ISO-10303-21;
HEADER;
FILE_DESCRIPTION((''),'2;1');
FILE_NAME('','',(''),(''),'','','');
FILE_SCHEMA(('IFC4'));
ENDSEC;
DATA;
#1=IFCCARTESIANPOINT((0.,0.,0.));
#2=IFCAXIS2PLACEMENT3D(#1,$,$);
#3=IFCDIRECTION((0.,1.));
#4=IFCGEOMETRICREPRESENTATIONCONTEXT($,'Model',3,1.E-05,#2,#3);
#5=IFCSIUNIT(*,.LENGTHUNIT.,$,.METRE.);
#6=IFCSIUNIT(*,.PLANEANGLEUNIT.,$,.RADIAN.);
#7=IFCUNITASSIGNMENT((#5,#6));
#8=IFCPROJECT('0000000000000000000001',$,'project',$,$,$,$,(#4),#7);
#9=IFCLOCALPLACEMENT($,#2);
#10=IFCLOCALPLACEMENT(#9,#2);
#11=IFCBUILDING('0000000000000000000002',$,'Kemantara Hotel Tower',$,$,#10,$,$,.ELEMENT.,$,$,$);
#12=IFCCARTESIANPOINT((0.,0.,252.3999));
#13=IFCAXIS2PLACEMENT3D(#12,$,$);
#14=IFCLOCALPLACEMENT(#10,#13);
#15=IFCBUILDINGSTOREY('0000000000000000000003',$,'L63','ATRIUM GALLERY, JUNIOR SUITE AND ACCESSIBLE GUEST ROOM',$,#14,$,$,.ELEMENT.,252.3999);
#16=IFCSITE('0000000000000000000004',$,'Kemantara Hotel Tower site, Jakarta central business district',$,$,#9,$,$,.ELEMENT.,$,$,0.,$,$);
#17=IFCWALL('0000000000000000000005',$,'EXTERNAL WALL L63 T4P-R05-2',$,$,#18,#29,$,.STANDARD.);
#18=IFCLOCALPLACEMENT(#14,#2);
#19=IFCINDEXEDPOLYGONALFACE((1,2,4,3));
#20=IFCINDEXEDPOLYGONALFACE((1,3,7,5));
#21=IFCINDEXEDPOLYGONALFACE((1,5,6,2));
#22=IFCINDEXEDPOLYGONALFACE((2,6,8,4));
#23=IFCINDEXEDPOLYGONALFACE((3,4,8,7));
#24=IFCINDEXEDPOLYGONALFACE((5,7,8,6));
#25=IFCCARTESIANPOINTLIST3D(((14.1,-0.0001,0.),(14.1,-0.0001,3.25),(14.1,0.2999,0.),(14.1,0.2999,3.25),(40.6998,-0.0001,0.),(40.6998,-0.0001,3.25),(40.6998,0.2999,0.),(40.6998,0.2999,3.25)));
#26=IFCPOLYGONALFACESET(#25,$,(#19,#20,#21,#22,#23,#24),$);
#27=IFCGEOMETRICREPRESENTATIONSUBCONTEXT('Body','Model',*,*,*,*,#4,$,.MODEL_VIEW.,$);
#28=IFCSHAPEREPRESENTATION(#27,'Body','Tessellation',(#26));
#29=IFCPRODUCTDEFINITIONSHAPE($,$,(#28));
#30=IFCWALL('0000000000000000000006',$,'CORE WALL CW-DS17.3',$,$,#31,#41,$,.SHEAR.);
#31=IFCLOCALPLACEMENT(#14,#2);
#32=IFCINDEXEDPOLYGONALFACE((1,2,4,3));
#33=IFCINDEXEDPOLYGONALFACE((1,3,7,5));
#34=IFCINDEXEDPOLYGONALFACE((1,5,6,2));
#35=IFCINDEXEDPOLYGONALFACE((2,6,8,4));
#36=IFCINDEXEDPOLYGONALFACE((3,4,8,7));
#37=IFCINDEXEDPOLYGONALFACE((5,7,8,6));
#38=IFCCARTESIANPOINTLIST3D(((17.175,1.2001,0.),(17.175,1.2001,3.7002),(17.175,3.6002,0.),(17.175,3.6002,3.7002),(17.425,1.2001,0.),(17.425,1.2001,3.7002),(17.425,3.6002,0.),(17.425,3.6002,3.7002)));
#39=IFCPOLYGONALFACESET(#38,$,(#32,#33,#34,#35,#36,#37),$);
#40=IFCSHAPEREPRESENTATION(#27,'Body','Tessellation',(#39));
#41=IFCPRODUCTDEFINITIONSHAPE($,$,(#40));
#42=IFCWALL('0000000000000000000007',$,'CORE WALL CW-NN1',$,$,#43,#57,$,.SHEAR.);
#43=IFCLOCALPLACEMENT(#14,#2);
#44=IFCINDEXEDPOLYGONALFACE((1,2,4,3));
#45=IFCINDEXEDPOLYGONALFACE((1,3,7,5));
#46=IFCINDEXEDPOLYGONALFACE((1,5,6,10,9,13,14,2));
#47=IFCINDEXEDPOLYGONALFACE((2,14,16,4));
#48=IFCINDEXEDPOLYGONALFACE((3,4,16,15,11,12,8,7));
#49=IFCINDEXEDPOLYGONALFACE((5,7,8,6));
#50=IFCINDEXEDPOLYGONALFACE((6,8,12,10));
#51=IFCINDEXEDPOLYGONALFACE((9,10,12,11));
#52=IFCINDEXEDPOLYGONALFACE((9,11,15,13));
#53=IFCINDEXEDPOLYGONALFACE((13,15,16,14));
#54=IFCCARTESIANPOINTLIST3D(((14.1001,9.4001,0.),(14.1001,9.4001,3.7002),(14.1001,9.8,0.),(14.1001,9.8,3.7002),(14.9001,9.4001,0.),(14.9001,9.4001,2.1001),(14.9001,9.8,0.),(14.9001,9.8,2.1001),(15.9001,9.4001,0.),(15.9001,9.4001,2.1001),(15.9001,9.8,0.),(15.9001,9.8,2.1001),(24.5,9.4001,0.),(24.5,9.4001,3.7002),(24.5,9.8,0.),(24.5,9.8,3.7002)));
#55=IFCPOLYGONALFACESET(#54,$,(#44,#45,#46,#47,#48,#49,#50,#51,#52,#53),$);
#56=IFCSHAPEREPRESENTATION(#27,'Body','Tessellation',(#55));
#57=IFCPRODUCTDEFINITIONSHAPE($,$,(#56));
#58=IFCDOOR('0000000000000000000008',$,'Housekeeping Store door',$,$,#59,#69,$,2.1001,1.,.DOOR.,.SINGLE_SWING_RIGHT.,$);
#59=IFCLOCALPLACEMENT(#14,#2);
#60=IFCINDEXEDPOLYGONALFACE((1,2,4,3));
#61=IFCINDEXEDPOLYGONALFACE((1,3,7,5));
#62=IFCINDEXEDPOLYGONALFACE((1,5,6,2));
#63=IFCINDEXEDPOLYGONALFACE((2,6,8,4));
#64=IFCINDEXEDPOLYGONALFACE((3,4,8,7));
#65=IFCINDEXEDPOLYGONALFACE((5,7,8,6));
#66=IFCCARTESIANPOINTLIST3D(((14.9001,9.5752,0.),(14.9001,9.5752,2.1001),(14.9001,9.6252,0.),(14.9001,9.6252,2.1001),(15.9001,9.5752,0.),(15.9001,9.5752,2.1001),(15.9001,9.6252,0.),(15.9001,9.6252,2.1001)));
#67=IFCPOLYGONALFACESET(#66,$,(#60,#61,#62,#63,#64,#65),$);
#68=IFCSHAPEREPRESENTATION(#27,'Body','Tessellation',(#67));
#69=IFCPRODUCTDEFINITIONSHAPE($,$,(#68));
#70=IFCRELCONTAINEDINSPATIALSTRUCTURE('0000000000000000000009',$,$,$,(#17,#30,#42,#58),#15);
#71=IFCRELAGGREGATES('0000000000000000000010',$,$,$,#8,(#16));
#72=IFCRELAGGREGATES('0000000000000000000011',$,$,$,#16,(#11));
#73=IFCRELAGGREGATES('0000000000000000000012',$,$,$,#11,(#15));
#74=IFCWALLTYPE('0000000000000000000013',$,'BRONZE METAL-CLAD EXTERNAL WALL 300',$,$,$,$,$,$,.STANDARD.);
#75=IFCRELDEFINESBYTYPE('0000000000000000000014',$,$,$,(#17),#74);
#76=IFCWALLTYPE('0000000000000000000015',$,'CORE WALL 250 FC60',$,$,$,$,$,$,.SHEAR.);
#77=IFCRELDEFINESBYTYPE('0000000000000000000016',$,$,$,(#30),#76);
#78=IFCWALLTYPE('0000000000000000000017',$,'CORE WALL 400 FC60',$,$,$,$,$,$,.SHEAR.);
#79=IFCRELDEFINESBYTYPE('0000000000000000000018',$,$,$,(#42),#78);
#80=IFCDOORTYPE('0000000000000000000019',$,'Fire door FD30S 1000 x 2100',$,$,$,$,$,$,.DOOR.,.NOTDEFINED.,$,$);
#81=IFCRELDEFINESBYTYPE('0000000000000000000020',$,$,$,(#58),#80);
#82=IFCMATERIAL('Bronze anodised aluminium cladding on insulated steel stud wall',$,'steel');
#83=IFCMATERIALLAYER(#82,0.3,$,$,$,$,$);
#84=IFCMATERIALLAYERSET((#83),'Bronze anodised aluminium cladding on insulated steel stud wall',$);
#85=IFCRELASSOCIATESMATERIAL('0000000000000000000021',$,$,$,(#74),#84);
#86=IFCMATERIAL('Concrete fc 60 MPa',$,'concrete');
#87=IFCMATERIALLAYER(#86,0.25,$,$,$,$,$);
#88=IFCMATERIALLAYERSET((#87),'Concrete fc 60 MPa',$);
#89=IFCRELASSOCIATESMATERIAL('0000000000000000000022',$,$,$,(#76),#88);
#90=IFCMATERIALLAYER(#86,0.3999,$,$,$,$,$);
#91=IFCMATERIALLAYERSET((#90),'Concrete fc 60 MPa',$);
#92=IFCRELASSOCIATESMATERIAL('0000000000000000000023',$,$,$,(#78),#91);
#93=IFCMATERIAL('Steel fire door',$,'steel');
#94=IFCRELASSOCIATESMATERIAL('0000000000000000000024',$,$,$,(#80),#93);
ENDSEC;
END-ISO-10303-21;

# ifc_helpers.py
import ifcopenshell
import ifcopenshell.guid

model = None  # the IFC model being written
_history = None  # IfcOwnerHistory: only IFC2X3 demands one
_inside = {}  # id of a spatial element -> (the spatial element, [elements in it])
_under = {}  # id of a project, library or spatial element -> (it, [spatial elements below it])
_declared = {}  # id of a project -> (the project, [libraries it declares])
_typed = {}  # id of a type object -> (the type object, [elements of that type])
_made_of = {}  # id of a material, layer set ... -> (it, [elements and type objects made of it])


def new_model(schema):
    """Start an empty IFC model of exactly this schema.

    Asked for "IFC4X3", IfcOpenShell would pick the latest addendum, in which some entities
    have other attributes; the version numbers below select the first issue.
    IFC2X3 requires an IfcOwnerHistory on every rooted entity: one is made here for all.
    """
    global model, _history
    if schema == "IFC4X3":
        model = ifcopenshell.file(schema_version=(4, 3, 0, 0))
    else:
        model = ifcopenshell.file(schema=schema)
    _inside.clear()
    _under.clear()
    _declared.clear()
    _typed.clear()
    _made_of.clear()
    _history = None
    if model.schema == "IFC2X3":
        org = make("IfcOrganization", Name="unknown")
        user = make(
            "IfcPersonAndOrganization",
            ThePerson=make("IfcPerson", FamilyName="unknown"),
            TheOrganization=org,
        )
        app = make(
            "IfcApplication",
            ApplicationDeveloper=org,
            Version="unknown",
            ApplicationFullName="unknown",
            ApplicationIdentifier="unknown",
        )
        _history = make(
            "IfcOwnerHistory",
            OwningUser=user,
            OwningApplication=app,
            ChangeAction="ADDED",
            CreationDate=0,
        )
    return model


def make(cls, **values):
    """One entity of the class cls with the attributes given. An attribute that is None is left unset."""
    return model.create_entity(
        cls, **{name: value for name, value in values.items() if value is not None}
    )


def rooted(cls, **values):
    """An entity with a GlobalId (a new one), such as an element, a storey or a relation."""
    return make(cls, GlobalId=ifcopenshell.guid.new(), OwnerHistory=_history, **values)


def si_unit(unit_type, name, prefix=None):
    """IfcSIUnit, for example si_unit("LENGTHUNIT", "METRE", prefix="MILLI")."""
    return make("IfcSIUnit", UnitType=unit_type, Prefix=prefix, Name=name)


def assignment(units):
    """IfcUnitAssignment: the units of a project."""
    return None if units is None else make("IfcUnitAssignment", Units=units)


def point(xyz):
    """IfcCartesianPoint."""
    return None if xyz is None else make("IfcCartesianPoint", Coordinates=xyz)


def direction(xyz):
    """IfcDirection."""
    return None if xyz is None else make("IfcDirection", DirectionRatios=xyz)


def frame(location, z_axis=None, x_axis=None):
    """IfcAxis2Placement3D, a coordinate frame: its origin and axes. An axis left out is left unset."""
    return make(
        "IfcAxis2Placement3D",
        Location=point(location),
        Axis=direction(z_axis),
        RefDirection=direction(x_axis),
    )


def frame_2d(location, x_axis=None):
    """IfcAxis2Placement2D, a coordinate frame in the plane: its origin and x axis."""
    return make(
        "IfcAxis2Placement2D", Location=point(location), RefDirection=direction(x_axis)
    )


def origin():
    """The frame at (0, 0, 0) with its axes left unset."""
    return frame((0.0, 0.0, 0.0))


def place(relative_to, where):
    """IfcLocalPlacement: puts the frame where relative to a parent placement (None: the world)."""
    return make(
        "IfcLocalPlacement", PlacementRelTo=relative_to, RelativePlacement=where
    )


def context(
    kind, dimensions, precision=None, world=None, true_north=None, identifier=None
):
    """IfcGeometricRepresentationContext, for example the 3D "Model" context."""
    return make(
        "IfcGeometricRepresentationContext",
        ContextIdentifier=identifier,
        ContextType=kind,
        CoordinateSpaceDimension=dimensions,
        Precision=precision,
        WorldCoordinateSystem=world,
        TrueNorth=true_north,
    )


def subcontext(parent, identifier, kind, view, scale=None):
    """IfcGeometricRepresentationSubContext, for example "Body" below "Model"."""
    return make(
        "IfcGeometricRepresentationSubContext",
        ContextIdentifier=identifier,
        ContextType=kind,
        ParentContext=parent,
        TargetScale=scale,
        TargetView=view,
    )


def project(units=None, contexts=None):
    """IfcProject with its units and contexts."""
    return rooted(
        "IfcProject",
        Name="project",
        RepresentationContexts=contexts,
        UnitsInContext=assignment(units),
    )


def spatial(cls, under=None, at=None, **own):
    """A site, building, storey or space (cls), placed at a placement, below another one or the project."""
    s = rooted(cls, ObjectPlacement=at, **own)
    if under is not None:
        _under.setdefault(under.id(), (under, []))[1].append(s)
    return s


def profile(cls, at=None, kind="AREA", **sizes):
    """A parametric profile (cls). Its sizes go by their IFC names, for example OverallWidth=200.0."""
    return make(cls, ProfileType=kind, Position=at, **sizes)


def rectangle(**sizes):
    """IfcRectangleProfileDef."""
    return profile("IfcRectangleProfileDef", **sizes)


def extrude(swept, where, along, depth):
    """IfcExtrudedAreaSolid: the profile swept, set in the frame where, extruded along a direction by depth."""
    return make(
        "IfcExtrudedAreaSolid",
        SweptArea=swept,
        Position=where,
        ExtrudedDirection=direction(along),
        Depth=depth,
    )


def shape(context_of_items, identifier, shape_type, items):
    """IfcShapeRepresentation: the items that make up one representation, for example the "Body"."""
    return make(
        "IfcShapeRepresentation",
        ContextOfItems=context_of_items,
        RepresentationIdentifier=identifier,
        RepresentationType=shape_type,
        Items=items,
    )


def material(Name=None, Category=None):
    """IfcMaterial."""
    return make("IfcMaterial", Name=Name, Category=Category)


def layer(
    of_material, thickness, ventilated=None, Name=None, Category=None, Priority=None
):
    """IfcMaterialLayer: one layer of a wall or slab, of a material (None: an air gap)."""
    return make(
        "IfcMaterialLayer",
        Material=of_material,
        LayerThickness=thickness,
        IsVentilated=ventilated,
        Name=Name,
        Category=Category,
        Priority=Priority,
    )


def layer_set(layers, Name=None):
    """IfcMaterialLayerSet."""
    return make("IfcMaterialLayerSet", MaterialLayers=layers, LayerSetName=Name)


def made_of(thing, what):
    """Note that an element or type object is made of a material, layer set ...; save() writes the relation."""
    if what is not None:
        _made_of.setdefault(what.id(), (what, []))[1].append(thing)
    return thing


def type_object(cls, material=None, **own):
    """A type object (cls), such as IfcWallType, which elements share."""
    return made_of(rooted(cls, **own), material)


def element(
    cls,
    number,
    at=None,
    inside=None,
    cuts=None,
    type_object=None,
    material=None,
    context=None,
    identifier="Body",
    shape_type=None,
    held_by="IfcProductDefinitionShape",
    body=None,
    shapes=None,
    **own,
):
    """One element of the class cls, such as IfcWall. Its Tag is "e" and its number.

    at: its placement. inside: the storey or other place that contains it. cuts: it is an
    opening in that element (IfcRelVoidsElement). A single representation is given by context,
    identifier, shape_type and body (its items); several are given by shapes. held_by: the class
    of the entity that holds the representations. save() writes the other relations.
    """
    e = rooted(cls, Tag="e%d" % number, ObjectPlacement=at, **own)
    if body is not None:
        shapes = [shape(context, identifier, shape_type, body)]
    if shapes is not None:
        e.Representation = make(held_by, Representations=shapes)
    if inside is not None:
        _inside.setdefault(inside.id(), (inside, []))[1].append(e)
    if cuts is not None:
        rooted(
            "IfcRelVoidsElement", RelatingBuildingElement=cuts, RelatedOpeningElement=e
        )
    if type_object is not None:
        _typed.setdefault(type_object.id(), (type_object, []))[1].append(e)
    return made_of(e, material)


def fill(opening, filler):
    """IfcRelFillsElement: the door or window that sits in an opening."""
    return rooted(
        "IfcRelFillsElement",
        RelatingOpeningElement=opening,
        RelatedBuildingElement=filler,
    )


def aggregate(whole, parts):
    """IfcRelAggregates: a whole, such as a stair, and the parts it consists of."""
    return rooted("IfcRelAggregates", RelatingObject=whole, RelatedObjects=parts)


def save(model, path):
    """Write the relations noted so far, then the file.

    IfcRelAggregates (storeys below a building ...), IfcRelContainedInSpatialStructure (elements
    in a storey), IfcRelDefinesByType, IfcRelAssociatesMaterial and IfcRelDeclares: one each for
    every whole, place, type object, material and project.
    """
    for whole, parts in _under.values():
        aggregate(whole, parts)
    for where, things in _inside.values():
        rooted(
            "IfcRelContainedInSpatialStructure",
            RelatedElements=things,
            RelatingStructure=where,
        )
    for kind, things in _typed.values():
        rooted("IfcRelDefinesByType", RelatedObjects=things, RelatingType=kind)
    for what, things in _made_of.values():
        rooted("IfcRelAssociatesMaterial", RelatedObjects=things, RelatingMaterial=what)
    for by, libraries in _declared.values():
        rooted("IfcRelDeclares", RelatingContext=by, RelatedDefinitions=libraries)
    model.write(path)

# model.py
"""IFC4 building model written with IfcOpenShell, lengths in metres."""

from ifc_helpers import new_model, si_unit, direction, frame, frame_2d, origin, place, context, subcontext, project, spatial, rectangle, extrude, material, layer, layer_set, type_object, element, fill, save


model = new_model("IFC4")

# Units and contexts
model_context = context("Model", 3, precision=1e-05, world=origin(), true_north=direction((0.0, 1.0)))
body_context = subcontext(model_context, "Body", "Model", "MODEL_VIEW")
ifc_project = project(units=[si_unit("LENGTHUNIT", "METRE"), si_unit("PLANEANGLEUNIT", "RADIAN")], contexts=[model_context])

# Site, building, storey
site_placement = place(None, origin())
site = spatial("IfcSite", under=ifc_project, at=site_placement, Name="Kemantara Hotel Tower site, Jakarta central business district", CompositionType="ELEMENT", RefElevation=0.0)
building_placement = place(site_placement, origin())
building = spatial("IfcBuilding", under=site, at=building_placement, Name="Kemantara Hotel Tower", CompositionType="ELEMENT")
storey_placement = place(building_placement, frame((0.0, 0.0, 252.3999)))
storey = spatial("IfcBuildingStorey", under=building, at=storey_placement, Name="L63", Description="ATRIUM GALLERY, JUNIOR SUITE AND ACCESSIBLE GUEST ROOM", CompositionType="ELEMENT", Elevation=252.3999)

# Walls
ifc_material_1 = material(Name="Bronze anodised aluminium cladding on insulated steel stud wall", Category="steel")
ifc_layer_1 = layer(ifc_material_1, 0.3)
ifc_layer_set_1 = layer_set([ifc_layer_1], Name="Bronze anodised aluminium cladding on insulated steel stud wall")
wall_type_1 = type_object("IfcWallType", Name="BRONZE METAL-CLAD EXTERNAL WALL 300", PredefinedType="STANDARD", material=ifc_layer_set_1)
wall_1_placement = place(storey_placement, frame((14.1001, 0.1499, 0.0), z_axis=(0.0, 0.0, 1.0), x_axis=(1.0, 0.0, 0.0)))
element("IfcWall", 1, at=wall_1_placement, inside=storey, type_object=wall_type_1, Name="EXTERNAL WALL L63 T4P-R05-2", PredefinedType="STANDARD", context=body_context, shape_type="SweptSolid", body=[
    extrude(rectangle(XDim=26.5999, YDim=0.3, at=frame_2d((13.2998, 0.0))), origin(), (0.0, 0.0, 1.0), 3.25),
])
ifc_material_2 = material(Name="Concrete fc 60 MPa", Category="concrete")
ifc_layer_2 = layer(ifc_material_2, 0.25)
ifc_layer_set_2 = layer_set([ifc_layer_2], Name="Concrete fc 60 MPa")
wall_type_2 = type_object("IfcWallType", Name="CORE WALL 250 FC60", PredefinedType="SHEAR", material=ifc_layer_set_2)
wall_2_placement = place(storey_placement, frame((17.3, 1.2, 0.0), z_axis=(0.0, 0.0, 1.0), x_axis=(0.0, 1.0, 0.0)))
element("IfcWall", 2, at=wall_2_placement, inside=storey, type_object=wall_type_2, Name="CORE WALL CW-DS17.3", PredefinedType="SHEAR", context=body_context, shape_type="SweptSolid", body=[
    extrude(rectangle(XDim=2.4001, YDim=0.25, at=frame_2d((1.2002, 0.0))), origin(), (0.0, 0.0, 1.0), 3.7002),
])

# Wall, opening, door
ifc_layer_3 = layer(ifc_material_2, 0.3999)
ifc_layer_set_3 = layer_set([ifc_layer_3], Name="Concrete fc 60 MPa")
wall_type_3 = type_object("IfcWallType", Name="CORE WALL 400 FC60", PredefinedType="SHEAR", material=ifc_layer_set_3)
wall_3_placement = place(storey_placement, frame((14.1001, 9.6001, 0.0), z_axis=(0.0, 0.0, 1.0), x_axis=(1.0, 0.0, 0.0)))
wall_3 = element("IfcWall", 3, at=wall_3_placement, inside=storey, type_object=wall_type_3, Name="CORE WALL CW-NN1", PredefinedType="SHEAR", context=body_context, shape_type="SweptSolid", body=[
    extrude(rectangle(XDim=10.3999, YDim=0.3999, at=frame_2d((5.2, 0.0))), origin(), (0.0, 0.0, 1.0), 3.7002),
])
opening_1_placement = place(wall_3_placement, frame((0.8, 0.0, 0.0)))
opening_1 = element("IfcOpeningElement", 4, at=opening_1_placement, cuts=wall_3, PredefinedType="OPENING", context=body_context, shape_type="SweptSolid", body=[
    extrude(rectangle(XDim=1.0, YDim=2.1001, at=frame_2d((0.5, 1.05))), frame((0.0, 0.21, 0.0), z_axis=(0.0, -1.0, 0.0), x_axis=(1.0, 0.0, 0.0)), (0.0, 0.0, 1.0), 0.4199),
])
ifc_material_3 = material(Name="Steel fire door", Category="steel")
door_type_1 = type_object("IfcDoorType", Name="Fire door FD30S 1000 x 2100", OperationType="NOTDEFINED", PredefinedType="DOOR", material=ifc_material_3)
door_1_placement = place(opening_1_placement, frame((1.0, 0.0, 0.0), z_axis=(0.0, 0.0, 1.0), x_axis=(-1.0, 0.0, 0.0)))
door_1 = element("IfcDoor", 5, at=door_1_placement, inside=storey, type_object=door_type_1, Name="Housekeeping Store door", OperationType="SINGLE_SWING_RIGHT", OverallHeight=2.1001, OverallWidth=1.0, PredefinedType="DOOR", context=body_context, shape_type="SweptSolid", body=[
    extrude(rectangle(XDim=1.0, YDim=2.1001, at=frame_2d((0.5, 1.05))), frame((0.0, 0.0249, 0.0), z_axis=(0.0, -1.0, 0.0), x_axis=(1.0, 0.0, 0.0)), (0.0, 0.0, 1.0), 0.05),
])
fill(opening_1, door_1)

save(model, "model.ifc")
